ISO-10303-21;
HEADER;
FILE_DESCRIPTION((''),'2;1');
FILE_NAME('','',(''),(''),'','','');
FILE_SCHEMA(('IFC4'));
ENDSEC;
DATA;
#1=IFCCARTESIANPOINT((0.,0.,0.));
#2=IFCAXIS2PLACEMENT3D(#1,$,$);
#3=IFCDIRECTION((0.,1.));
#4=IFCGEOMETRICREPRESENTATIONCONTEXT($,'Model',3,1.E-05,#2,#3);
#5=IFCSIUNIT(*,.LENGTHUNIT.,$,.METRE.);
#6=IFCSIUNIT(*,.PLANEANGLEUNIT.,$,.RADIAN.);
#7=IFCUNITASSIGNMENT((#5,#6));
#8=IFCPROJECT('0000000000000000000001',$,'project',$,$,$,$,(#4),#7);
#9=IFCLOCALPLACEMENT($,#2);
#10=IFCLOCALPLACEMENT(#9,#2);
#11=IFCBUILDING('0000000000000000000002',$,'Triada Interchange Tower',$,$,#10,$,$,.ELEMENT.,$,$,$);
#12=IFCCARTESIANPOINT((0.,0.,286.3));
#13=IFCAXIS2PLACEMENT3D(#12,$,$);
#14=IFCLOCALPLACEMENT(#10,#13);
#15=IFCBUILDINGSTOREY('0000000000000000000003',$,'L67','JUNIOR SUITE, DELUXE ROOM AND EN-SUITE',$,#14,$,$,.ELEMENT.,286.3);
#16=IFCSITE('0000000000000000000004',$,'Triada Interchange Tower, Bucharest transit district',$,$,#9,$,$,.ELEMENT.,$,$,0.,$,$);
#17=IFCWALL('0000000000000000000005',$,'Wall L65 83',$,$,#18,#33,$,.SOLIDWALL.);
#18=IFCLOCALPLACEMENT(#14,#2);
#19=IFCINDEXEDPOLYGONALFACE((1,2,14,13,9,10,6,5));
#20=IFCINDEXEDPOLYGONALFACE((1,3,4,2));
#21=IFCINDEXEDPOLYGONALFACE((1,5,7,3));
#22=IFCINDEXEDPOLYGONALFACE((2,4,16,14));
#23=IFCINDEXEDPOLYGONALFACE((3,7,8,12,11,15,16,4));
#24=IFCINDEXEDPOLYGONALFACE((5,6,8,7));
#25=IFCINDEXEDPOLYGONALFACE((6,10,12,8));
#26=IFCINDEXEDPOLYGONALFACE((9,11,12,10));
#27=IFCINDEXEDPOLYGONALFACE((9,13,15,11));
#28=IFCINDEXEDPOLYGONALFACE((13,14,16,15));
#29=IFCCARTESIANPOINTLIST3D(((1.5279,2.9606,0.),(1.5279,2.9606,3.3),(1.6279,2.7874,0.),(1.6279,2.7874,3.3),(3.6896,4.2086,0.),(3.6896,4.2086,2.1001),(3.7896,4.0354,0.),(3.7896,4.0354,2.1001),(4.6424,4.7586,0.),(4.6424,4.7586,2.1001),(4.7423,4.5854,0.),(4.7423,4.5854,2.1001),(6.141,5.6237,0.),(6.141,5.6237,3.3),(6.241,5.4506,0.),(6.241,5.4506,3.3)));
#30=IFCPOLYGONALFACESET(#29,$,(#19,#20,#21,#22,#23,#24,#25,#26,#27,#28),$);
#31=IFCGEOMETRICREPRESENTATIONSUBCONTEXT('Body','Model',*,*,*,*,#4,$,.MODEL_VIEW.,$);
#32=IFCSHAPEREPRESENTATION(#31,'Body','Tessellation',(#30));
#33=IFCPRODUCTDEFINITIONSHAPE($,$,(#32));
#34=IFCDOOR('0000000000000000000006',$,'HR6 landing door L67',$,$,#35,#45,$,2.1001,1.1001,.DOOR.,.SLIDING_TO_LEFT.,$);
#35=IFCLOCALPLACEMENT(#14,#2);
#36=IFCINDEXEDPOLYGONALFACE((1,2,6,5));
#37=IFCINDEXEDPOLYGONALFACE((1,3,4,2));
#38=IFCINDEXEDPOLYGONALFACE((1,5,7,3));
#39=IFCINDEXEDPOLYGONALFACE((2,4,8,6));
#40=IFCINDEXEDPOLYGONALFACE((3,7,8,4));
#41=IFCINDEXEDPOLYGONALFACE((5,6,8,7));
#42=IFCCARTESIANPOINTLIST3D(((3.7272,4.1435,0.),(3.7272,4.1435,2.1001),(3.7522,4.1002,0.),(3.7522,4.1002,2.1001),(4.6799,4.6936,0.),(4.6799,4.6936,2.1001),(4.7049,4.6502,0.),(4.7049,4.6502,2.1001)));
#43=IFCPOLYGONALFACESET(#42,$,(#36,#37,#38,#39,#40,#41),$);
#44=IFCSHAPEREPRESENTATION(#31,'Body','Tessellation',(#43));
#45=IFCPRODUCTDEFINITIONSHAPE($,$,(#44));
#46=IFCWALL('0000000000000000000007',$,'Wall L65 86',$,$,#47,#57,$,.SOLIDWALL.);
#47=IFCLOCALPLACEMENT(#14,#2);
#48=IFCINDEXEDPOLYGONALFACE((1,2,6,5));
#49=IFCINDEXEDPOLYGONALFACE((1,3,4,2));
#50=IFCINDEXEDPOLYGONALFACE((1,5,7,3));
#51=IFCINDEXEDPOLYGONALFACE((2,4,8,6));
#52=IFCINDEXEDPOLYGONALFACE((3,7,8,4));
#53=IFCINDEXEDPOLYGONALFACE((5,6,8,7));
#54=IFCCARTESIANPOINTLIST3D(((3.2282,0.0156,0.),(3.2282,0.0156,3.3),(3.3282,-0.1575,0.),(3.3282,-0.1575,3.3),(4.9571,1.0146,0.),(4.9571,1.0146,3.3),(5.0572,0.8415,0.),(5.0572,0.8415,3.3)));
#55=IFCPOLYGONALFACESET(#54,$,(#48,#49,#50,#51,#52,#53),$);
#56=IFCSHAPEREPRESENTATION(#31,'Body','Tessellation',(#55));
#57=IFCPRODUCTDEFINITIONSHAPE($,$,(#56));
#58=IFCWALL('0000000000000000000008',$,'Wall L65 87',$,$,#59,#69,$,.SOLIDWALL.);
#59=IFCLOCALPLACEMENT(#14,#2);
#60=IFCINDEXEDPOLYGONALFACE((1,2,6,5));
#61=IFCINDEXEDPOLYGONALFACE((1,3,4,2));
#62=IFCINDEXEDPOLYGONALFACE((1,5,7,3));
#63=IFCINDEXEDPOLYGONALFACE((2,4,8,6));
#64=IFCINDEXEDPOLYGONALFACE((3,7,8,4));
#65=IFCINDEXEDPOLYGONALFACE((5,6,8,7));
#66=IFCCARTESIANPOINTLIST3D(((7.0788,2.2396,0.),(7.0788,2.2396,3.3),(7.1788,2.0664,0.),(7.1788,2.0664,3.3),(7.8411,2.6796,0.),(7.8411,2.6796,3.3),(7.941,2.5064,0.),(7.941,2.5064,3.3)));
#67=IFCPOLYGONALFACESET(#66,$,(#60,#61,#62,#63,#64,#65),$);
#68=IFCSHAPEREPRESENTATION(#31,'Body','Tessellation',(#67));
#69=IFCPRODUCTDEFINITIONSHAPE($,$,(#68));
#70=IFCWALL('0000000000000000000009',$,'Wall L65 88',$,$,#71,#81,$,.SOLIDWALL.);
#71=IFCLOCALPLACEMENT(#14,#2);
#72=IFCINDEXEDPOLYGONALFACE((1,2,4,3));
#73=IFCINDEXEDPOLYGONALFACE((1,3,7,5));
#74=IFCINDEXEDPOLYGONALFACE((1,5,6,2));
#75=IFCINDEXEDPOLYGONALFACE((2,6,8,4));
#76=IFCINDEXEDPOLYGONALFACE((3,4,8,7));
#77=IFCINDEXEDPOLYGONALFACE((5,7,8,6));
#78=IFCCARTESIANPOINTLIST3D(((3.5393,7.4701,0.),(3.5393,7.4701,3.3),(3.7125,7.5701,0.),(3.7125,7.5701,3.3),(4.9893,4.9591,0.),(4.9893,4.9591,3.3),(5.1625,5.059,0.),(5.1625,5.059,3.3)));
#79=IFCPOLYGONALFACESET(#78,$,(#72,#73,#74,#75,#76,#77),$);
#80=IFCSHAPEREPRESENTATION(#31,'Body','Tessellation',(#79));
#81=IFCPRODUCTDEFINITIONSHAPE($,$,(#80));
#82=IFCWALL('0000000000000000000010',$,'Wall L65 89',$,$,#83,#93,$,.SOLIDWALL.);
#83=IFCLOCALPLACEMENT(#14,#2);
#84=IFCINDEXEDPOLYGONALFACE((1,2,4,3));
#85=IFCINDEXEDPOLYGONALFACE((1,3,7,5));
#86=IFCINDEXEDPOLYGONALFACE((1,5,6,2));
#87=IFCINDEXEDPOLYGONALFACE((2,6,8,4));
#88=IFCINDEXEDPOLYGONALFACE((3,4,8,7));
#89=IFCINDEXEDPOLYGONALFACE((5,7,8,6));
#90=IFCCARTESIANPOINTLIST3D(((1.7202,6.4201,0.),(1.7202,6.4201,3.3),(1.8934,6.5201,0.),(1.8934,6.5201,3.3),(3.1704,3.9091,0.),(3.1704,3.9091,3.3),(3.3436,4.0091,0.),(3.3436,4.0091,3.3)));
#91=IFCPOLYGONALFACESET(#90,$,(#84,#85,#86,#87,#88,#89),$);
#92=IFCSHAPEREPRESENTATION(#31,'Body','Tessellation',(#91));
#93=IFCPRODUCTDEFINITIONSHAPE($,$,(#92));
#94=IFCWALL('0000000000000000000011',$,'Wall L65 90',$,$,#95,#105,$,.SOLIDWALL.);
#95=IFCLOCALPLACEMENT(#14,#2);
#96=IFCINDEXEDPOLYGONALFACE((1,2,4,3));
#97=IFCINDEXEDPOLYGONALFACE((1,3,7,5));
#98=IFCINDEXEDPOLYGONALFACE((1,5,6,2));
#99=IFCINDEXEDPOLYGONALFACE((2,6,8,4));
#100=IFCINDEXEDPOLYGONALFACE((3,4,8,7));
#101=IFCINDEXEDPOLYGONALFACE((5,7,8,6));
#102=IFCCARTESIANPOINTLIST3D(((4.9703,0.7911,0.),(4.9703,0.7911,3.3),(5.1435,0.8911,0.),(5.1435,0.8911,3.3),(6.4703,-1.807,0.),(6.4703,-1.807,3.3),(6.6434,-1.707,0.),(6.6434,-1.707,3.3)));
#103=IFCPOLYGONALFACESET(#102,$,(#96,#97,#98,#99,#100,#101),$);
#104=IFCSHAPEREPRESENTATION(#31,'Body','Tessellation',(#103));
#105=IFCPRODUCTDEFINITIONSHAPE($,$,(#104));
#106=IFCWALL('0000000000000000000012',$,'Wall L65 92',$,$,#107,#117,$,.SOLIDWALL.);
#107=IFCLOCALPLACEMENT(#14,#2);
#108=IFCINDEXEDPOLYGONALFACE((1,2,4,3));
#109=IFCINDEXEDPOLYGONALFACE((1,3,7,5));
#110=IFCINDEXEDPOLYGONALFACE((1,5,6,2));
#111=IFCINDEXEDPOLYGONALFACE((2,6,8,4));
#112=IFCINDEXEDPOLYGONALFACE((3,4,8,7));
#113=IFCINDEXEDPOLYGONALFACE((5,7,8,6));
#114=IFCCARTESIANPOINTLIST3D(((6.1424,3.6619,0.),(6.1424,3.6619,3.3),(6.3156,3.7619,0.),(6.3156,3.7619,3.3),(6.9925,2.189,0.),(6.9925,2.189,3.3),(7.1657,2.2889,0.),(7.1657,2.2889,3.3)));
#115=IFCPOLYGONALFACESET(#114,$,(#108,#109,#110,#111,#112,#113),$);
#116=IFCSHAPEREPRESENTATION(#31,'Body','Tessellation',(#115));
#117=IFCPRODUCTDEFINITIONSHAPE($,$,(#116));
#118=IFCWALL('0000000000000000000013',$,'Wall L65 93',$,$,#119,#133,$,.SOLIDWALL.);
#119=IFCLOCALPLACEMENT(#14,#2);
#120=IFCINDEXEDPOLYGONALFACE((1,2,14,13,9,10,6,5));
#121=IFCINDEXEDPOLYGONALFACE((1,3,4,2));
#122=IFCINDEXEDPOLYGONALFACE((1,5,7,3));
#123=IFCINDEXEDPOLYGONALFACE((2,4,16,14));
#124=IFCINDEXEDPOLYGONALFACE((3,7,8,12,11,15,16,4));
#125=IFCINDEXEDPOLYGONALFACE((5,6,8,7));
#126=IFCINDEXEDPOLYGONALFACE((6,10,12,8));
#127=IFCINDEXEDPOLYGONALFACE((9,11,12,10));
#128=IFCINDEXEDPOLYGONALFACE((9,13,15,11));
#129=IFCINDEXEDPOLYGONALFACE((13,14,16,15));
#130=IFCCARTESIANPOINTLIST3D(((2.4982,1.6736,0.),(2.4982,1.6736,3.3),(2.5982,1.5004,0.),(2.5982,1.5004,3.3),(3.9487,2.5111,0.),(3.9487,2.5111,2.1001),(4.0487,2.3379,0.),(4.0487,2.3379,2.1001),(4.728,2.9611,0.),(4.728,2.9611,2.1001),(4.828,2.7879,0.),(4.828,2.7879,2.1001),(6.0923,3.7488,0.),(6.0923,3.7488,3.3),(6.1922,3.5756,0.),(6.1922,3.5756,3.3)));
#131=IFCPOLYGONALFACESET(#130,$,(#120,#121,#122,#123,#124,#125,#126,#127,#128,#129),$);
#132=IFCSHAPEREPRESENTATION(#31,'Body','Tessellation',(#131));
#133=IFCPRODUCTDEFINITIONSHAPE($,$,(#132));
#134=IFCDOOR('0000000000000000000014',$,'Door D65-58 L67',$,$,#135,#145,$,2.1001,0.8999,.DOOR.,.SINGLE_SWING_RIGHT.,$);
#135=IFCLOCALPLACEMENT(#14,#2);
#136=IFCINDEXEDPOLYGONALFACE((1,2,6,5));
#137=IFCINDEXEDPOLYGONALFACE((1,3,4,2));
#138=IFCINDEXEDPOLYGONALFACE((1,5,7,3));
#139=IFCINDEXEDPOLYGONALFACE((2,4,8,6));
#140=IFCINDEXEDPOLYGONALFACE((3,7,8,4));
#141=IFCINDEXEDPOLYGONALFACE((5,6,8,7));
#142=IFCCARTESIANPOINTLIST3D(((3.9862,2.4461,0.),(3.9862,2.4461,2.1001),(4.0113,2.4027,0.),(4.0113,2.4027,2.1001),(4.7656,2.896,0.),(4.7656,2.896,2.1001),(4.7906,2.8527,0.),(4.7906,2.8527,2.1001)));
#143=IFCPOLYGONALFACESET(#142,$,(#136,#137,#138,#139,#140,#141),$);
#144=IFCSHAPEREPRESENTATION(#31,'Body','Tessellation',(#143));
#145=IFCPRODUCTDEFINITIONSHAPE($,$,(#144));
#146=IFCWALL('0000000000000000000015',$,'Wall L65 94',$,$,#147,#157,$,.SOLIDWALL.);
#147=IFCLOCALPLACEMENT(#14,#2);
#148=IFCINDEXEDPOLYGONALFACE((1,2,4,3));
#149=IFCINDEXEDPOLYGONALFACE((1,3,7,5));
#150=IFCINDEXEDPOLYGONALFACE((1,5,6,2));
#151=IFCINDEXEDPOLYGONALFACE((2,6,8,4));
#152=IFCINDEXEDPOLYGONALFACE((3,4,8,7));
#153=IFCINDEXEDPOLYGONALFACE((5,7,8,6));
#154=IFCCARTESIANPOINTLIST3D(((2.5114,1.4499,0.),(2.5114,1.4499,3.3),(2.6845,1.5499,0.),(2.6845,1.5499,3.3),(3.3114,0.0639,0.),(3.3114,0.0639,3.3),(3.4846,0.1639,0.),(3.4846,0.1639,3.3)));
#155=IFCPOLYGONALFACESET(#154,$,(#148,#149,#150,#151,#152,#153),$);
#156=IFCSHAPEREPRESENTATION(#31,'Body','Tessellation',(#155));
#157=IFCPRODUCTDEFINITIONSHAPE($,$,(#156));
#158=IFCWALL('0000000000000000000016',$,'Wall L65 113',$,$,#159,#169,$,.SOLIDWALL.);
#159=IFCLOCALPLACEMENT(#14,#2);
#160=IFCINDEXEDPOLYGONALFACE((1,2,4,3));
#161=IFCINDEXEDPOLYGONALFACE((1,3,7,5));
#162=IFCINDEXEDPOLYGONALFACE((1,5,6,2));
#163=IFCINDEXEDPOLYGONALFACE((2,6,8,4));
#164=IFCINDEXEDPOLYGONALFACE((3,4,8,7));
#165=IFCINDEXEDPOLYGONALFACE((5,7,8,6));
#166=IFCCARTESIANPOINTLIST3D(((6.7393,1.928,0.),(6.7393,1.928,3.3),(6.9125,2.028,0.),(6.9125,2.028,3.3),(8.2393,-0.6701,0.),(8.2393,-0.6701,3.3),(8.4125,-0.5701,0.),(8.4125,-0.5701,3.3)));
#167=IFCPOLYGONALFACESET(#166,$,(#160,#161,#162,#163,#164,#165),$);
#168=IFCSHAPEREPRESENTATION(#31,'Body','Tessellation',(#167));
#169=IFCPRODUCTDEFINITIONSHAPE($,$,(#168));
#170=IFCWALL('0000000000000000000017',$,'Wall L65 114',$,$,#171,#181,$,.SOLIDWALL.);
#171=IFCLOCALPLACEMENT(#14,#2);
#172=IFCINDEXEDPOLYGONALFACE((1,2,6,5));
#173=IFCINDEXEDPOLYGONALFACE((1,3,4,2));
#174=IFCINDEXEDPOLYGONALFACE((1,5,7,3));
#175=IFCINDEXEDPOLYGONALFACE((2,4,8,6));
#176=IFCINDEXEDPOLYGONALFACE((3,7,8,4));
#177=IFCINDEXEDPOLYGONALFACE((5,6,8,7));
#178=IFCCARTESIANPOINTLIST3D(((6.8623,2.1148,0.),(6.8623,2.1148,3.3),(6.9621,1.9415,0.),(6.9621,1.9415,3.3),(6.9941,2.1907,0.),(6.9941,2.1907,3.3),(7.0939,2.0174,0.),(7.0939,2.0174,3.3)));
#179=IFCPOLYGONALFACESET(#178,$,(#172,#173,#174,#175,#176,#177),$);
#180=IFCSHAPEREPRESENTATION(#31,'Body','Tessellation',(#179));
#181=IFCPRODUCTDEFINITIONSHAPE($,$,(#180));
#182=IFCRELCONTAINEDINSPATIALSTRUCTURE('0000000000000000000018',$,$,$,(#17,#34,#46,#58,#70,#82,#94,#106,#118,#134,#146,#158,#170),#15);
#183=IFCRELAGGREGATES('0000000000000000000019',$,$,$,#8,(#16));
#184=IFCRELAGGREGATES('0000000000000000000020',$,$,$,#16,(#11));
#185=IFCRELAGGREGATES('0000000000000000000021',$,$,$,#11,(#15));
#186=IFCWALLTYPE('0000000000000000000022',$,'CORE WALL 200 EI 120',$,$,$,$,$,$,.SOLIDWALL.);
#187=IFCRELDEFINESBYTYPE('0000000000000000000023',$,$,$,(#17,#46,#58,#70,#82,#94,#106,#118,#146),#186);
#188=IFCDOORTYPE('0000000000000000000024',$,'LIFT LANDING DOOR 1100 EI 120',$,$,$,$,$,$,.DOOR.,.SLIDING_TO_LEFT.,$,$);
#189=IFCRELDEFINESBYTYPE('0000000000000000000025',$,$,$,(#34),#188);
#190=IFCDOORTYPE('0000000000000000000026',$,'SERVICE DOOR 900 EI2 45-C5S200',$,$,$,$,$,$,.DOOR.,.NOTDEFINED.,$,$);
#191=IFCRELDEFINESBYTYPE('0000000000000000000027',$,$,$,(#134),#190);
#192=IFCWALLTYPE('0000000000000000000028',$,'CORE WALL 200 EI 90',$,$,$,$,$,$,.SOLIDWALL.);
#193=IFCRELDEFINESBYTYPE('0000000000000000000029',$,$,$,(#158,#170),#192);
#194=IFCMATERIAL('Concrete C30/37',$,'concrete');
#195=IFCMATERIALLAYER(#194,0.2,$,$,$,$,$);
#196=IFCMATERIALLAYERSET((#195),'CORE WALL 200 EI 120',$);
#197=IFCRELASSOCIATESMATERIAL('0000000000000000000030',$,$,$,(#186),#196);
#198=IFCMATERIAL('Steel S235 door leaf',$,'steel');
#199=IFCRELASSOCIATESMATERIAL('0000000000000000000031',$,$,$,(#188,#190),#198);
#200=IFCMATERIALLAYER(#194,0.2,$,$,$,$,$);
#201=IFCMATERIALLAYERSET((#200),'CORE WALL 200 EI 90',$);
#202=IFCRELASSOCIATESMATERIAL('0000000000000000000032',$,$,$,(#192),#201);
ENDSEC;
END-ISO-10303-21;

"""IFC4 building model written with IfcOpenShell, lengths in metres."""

from ifc_helpers import new_model, si_unit, direction, frame, frame_2d, origin, place, context, subcontext, project, spatial, rectangle, extrude, material, layer, layer_set, type_object, element, fill, save


model = new_model("IFC4")

# Units and contexts
model_context = context("Model", 3, precision=1e-05, world=origin(), true_north=direction((0.0, 1.0)))
body_context = subcontext(model_context, "Body", "Model", "MODEL_VIEW")
ifc_project = project(units=[si_unit("LENGTHUNIT", "METRE"), si_unit("PLANEANGLEUNIT", "RADIAN")], contexts=[model_context])

# Site, building, storey
site_placement = place(None, origin())
site = spatial("IfcSite", under=ifc_project, at=site_placement, Name="Triada Interchange Tower, Bucharest transit district", CompositionType="ELEMENT", RefElevation=0.0)
building_placement = place(site_placement, origin())
building = spatial("IfcBuilding", under=site, at=building_placement, Name="Triada Interchange Tower", CompositionType="ELEMENT")
storey_placement = place(building_placement, frame((0.0, 0.0, 286.3)))
storey = spatial("IfcBuildingStorey", under=building, at=storey_placement, Name="L67", Description="JUNIOR SUITE, DELUXE ROOM AND EN-SUITE", CompositionType="ELEMENT", Elevation=286.3)

# Shared definitions
ifc_material_1 = material(Name="Concrete C30/37", Category="concrete")
ifc_layer_1 = layer(ifc_material_1, 0.2)
ifc_layer_set_1 = layer_set([ifc_layer_1], Name="CORE WALL 200 EI 120")
wall_type_1 = type_object("IfcWallType", Name="CORE WALL 200 EI 120", PredefinedType="SOLIDWALL", material=ifc_layer_set_1)
ifc_material_2 = material(Name="Steel S235 door leaf", Category="steel")
door_type_1 = type_object("IfcDoorType", Name="LIFT LANDING DOOR 1100 EI 120", OperationType="SLIDING_TO_LEFT", PredefinedType="DOOR", material=ifc_material_2)

# Wall, opening, door
wall_1_placement = place(storey_placement, frame((1.5779, 2.874, 0.0), z_axis=(0.0, 0.0, 1.0), x_axis=(0.866046, 0.499964, 0.0)))
wall_1 = element("IfcWall", 1, at=wall_1_placement, inside=storey, type_object=wall_type_1, Name="Wall L65 83", PredefinedType="SOLIDWALL", context=body_context, shape_type="SweptSolid", body=[
    extrude(rectangle(XDim=5.3267, YDim=0.2, at=frame_2d((2.6633, 0.0))), origin(), (0.0, 0.0, 1.0), 3.3),
])
opening_1_placement = place(wall_1_placement, frame((2.4961, 0.0, 0.0)))
opening_1 = element("IfcOpeningElement", 2, at=opening_1_placement, cuts=wall_1, PredefinedType="OPENING", context=body_context, shape_type="SweptSolid", body=[
    extrude(rectangle(XDim=1.1001, YDim=2.1001, at=frame_2d((0.55, 1.05))), frame((0.0, 0.1099, 0.0), z_axis=(0.0, -1.0, 0.0), x_axis=(1.0, 0.0, 0.0)), (0.0, 0.0, 1.0), 0.22),
])
door_1_placement = place(opening_1_placement, origin())
door_1 = element("IfcDoor", 3, at=door_1_placement, inside=storey, type_object=door_type_1, Name="HR6 landing door L67", OperationType="SLIDING_TO_LEFT", OverallHeight=2.1001, OverallWidth=1.1001, PredefinedType="DOOR", context=body_context, shape_type="SweptSolid", body=[
    extrude(rectangle(XDim=1.1001, YDim=2.1001, at=frame_2d((0.55, 1.05))), frame((0.0, 0.0249, 0.0), z_axis=(0.0, -1.0, 0.0), x_axis=(1.0, 0.0, 0.0)), (0.0, 0.0, 1.0), 0.05),
])
fill(opening_1, door_1)

# Walls
wall_2_placement = place(storey_placement, frame((3.2781, -0.071, 0.0), z_axis=(0.0, 0.0, 1.0), x_axis=(0.865856, 0.500294, 0.0)))
element("IfcWall", 4, at=wall_2_placement, inside=storey, type_object=wall_type_1, Name="Wall L65 86", PredefinedType="SOLIDWALL", context=body_context, shape_type="SweptSolid", body=[
    extrude(rectangle(XDim=1.9968, YDim=0.2, at=frame_2d((0.9985, 0.0))), origin(), (0.0, 0.0, 1.0), 3.3),
])
wall_3_placement = place(storey_placement, frame((7.1289, 2.1531, 0.0), z_axis=(0.0, 0.0, 1.0), x_axis=(0.866084, 0.499899, 0.0)))
element("IfcWall", 5, at=wall_3_placement, inside=storey, type_object=wall_type_1, Name="Wall L65 87", PredefinedType="SOLIDWALL", context=body_context, shape_type="SweptSolid", body=[
    extrude(rectangle(XDim=0.8801, YDim=0.2, at=frame_2d((0.4399, 0.0))), origin(), (0.0, 0.0, 1.0), 3.3),
])
for number, where, z_axis, x_axis, name in (
    (6, (3.626, 7.52, 0.0), (0.0, 0.0, 1.0), (0.50006, -0.865991, 0.0), "Wall L65 88"),
    (7, (1.8069, 6.47, 0.0), (0.0, 0.0, 1.0), (0.500123, -0.865954, 0.0), "Wall L65 89"),
):
    element("IfcWall", number, at=place(storey_placement, frame(where, z_axis=z_axis, x_axis=x_axis)), inside=storey, type_object=wall_type_1, Name=name, PredefinedType="SOLIDWALL", context=body_context, shape_type="SweptSolid", body=[
        extrude(rectangle(XDim=2.8997, YDim=0.2, at=frame_2d((1.4497, 0.0))), origin(), (0.0, 0.0, 1.0), 3.3),
    ])
wall_4_placement = place(storey_placement, frame((5.0569, 0.8411, 0.0), z_axis=(0.0, 0.0, 1.0), x_axis=(0.49999, -0.866031, 0.0)))
element("IfcWall", 8, at=wall_4_placement, inside=storey, type_object=wall_type_1, Name="Wall L65 90", PredefinedType="SOLIDWALL", context=body_context, shape_type="SweptSolid", body=[
    extrude(rectangle(XDim=3.0, YDim=0.2, at=frame_2d((1.5, 0.0))), origin(), (0.0, 0.0, 1.0), 3.3),
])
wall_5_placement = place(storey_placement, frame((6.229, 3.7119, 0.0), z_axis=(0.0, 0.0, 1.0), x_axis=(0.499876, -0.866097, 0.0)))
element("IfcWall", 9, at=wall_5_placement, inside=storey, type_object=wall_type_1, Name="Wall L65 92", PredefinedType="SOLIDWALL", context=body_context, shape_type="SweptSolid", body=[
    extrude(rectangle(XDim=1.7007, YDim=0.2, at=frame_2d((0.8503, 0.0))), origin(), (0.0, 0.0, 1.0), 3.3),
])

# Wall, opening, door
wall_6_placement = place(storey_placement, frame((2.5481, 1.5869, 0.0), z_axis=(0.0, 0.0, 1.0), x_axis=(0.866004, 0.500036, 0.0)))
wall_6 = element("IfcWall", 10, at=wall_6_placement, inside=storey, type_object=wall_type_1, Name="Wall L65 93", PredefinedType="SOLIDWALL", context=body_context, shape_type="SweptSolid", body=[
    extrude(rectangle(XDim=4.1501, YDim=0.2, at=frame_2d((2.0752, 0.0))), origin(), (0.0, 0.0, 1.0), 3.3),
])
opening_2_placement = place(wall_6_placement, frame((1.675, 0.0, 0.0)))
opening_2 = element("IfcOpeningElement", 11, at=opening_2_placement, cuts=wall_6, PredefinedType="OPENING", context=body_context, shape_type="SweptSolid", body=[
    extrude(rectangle(XDim=0.8999, YDim=2.1001, at=frame_2d((0.45, 1.05))), frame((0.0, 0.1099, 0.0), z_axis=(0.0, -1.0, 0.0), x_axis=(1.0, 0.0, 0.0)), (0.0, 0.0, 1.0), 0.22),
])
door_type_2 = type_object("IfcDoorType", Name="SERVICE DOOR 900 EI2 45-C5S200", OperationType="NOTDEFINED", PredefinedType="DOOR", material=ifc_material_2)
door_2_placement = place(opening_2_placement, origin())
door_2 = element("IfcDoor", 12, at=door_2_placement, inside=storey, type_object=door_type_2, Name="Door D65-58 L67", OperationType="SINGLE_SWING_RIGHT", OverallHeight=2.1001, OverallWidth=0.8999, PredefinedType="DOOR", context=body_context, shape_type="SweptSolid", body=[
    extrude(rectangle(XDim=0.8999, YDim=2.1001, at=frame_2d((0.45, 1.05))), frame((0.0, 0.0249, 0.0), z_axis=(0.0, -1.0, 0.0), x_axis=(1.0, 0.0, 0.0)), (0.0, 0.0, 1.0), 0.05),
])
fill(opening_2, door_2)

# Walls
wall_7_placement = place(storey_placement, frame((2.5979, 1.5, 0.0), z_axis=(0.0, 0.0, 1.0), x_axis=(0.499929, -0.866066, 0.0)))
element("IfcWall", 13, at=wall_7_placement, inside=storey, type_object=wall_type_1, Name="Wall L65 94", PredefinedType="SOLIDWALL", context=body_context, shape_type="SweptSolid", body=[
    extrude(rectangle(XDim=1.6003, YDim=0.2, at=frame_2d((0.8003, 0.0))), origin(), (0.0, 0.0, 1.0), 3.3),
])
ifc_layer_2 = layer(ifc_material_1, 0.2)
ifc_layer_set_2 = layer_set([ifc_layer_2], Name="CORE WALL 200 EI 90")
wall_type_2 = type_object("IfcWallType", Name="CORE WALL 200 EI 90", PredefinedType="SOLIDWALL", material=ifc_layer_set_2)
wall_8_placement = place(storey_placement, frame((6.8259, 1.978, 0.0), z_axis=(0.0, 0.0, 1.0), x_axis=(0.49999, -0.866031, 0.0)))
element("IfcWall", 14, at=wall_8_placement, inside=storey, type_object=wall_type_2, Name="Wall L65 113", PredefinedType="SOLIDWALL", context=body_context, shape_type="SweptSolid", body=[
    extrude(rectangle(XDim=3.0, YDim=0.2, at=frame_2d((1.5, 0.0))), origin(), (0.0, 0.0, 1.0), 3.3),
])
wall_9_placement = place(storey_placement, frame((6.9121, 2.0281, 0.0), z_axis=(0.0, 0.0, 1.0), x_axis=(0.866559, 0.499074, 0.0)))
element("IfcWall", 15, at=wall_9_placement, inside=storey, type_object=wall_type_2, Name="Wall L65 114", PredefinedType="SOLIDWALL", context=body_context, shape_type="SweptSolid", body=[
    extrude(rectangle(XDim=0.1521, YDim=0.2, at=frame_2d((0.0762, 0.0))), origin(), (0.0, 0.0, 1.0), 3.3),
])

save(model, "model.ifc")
